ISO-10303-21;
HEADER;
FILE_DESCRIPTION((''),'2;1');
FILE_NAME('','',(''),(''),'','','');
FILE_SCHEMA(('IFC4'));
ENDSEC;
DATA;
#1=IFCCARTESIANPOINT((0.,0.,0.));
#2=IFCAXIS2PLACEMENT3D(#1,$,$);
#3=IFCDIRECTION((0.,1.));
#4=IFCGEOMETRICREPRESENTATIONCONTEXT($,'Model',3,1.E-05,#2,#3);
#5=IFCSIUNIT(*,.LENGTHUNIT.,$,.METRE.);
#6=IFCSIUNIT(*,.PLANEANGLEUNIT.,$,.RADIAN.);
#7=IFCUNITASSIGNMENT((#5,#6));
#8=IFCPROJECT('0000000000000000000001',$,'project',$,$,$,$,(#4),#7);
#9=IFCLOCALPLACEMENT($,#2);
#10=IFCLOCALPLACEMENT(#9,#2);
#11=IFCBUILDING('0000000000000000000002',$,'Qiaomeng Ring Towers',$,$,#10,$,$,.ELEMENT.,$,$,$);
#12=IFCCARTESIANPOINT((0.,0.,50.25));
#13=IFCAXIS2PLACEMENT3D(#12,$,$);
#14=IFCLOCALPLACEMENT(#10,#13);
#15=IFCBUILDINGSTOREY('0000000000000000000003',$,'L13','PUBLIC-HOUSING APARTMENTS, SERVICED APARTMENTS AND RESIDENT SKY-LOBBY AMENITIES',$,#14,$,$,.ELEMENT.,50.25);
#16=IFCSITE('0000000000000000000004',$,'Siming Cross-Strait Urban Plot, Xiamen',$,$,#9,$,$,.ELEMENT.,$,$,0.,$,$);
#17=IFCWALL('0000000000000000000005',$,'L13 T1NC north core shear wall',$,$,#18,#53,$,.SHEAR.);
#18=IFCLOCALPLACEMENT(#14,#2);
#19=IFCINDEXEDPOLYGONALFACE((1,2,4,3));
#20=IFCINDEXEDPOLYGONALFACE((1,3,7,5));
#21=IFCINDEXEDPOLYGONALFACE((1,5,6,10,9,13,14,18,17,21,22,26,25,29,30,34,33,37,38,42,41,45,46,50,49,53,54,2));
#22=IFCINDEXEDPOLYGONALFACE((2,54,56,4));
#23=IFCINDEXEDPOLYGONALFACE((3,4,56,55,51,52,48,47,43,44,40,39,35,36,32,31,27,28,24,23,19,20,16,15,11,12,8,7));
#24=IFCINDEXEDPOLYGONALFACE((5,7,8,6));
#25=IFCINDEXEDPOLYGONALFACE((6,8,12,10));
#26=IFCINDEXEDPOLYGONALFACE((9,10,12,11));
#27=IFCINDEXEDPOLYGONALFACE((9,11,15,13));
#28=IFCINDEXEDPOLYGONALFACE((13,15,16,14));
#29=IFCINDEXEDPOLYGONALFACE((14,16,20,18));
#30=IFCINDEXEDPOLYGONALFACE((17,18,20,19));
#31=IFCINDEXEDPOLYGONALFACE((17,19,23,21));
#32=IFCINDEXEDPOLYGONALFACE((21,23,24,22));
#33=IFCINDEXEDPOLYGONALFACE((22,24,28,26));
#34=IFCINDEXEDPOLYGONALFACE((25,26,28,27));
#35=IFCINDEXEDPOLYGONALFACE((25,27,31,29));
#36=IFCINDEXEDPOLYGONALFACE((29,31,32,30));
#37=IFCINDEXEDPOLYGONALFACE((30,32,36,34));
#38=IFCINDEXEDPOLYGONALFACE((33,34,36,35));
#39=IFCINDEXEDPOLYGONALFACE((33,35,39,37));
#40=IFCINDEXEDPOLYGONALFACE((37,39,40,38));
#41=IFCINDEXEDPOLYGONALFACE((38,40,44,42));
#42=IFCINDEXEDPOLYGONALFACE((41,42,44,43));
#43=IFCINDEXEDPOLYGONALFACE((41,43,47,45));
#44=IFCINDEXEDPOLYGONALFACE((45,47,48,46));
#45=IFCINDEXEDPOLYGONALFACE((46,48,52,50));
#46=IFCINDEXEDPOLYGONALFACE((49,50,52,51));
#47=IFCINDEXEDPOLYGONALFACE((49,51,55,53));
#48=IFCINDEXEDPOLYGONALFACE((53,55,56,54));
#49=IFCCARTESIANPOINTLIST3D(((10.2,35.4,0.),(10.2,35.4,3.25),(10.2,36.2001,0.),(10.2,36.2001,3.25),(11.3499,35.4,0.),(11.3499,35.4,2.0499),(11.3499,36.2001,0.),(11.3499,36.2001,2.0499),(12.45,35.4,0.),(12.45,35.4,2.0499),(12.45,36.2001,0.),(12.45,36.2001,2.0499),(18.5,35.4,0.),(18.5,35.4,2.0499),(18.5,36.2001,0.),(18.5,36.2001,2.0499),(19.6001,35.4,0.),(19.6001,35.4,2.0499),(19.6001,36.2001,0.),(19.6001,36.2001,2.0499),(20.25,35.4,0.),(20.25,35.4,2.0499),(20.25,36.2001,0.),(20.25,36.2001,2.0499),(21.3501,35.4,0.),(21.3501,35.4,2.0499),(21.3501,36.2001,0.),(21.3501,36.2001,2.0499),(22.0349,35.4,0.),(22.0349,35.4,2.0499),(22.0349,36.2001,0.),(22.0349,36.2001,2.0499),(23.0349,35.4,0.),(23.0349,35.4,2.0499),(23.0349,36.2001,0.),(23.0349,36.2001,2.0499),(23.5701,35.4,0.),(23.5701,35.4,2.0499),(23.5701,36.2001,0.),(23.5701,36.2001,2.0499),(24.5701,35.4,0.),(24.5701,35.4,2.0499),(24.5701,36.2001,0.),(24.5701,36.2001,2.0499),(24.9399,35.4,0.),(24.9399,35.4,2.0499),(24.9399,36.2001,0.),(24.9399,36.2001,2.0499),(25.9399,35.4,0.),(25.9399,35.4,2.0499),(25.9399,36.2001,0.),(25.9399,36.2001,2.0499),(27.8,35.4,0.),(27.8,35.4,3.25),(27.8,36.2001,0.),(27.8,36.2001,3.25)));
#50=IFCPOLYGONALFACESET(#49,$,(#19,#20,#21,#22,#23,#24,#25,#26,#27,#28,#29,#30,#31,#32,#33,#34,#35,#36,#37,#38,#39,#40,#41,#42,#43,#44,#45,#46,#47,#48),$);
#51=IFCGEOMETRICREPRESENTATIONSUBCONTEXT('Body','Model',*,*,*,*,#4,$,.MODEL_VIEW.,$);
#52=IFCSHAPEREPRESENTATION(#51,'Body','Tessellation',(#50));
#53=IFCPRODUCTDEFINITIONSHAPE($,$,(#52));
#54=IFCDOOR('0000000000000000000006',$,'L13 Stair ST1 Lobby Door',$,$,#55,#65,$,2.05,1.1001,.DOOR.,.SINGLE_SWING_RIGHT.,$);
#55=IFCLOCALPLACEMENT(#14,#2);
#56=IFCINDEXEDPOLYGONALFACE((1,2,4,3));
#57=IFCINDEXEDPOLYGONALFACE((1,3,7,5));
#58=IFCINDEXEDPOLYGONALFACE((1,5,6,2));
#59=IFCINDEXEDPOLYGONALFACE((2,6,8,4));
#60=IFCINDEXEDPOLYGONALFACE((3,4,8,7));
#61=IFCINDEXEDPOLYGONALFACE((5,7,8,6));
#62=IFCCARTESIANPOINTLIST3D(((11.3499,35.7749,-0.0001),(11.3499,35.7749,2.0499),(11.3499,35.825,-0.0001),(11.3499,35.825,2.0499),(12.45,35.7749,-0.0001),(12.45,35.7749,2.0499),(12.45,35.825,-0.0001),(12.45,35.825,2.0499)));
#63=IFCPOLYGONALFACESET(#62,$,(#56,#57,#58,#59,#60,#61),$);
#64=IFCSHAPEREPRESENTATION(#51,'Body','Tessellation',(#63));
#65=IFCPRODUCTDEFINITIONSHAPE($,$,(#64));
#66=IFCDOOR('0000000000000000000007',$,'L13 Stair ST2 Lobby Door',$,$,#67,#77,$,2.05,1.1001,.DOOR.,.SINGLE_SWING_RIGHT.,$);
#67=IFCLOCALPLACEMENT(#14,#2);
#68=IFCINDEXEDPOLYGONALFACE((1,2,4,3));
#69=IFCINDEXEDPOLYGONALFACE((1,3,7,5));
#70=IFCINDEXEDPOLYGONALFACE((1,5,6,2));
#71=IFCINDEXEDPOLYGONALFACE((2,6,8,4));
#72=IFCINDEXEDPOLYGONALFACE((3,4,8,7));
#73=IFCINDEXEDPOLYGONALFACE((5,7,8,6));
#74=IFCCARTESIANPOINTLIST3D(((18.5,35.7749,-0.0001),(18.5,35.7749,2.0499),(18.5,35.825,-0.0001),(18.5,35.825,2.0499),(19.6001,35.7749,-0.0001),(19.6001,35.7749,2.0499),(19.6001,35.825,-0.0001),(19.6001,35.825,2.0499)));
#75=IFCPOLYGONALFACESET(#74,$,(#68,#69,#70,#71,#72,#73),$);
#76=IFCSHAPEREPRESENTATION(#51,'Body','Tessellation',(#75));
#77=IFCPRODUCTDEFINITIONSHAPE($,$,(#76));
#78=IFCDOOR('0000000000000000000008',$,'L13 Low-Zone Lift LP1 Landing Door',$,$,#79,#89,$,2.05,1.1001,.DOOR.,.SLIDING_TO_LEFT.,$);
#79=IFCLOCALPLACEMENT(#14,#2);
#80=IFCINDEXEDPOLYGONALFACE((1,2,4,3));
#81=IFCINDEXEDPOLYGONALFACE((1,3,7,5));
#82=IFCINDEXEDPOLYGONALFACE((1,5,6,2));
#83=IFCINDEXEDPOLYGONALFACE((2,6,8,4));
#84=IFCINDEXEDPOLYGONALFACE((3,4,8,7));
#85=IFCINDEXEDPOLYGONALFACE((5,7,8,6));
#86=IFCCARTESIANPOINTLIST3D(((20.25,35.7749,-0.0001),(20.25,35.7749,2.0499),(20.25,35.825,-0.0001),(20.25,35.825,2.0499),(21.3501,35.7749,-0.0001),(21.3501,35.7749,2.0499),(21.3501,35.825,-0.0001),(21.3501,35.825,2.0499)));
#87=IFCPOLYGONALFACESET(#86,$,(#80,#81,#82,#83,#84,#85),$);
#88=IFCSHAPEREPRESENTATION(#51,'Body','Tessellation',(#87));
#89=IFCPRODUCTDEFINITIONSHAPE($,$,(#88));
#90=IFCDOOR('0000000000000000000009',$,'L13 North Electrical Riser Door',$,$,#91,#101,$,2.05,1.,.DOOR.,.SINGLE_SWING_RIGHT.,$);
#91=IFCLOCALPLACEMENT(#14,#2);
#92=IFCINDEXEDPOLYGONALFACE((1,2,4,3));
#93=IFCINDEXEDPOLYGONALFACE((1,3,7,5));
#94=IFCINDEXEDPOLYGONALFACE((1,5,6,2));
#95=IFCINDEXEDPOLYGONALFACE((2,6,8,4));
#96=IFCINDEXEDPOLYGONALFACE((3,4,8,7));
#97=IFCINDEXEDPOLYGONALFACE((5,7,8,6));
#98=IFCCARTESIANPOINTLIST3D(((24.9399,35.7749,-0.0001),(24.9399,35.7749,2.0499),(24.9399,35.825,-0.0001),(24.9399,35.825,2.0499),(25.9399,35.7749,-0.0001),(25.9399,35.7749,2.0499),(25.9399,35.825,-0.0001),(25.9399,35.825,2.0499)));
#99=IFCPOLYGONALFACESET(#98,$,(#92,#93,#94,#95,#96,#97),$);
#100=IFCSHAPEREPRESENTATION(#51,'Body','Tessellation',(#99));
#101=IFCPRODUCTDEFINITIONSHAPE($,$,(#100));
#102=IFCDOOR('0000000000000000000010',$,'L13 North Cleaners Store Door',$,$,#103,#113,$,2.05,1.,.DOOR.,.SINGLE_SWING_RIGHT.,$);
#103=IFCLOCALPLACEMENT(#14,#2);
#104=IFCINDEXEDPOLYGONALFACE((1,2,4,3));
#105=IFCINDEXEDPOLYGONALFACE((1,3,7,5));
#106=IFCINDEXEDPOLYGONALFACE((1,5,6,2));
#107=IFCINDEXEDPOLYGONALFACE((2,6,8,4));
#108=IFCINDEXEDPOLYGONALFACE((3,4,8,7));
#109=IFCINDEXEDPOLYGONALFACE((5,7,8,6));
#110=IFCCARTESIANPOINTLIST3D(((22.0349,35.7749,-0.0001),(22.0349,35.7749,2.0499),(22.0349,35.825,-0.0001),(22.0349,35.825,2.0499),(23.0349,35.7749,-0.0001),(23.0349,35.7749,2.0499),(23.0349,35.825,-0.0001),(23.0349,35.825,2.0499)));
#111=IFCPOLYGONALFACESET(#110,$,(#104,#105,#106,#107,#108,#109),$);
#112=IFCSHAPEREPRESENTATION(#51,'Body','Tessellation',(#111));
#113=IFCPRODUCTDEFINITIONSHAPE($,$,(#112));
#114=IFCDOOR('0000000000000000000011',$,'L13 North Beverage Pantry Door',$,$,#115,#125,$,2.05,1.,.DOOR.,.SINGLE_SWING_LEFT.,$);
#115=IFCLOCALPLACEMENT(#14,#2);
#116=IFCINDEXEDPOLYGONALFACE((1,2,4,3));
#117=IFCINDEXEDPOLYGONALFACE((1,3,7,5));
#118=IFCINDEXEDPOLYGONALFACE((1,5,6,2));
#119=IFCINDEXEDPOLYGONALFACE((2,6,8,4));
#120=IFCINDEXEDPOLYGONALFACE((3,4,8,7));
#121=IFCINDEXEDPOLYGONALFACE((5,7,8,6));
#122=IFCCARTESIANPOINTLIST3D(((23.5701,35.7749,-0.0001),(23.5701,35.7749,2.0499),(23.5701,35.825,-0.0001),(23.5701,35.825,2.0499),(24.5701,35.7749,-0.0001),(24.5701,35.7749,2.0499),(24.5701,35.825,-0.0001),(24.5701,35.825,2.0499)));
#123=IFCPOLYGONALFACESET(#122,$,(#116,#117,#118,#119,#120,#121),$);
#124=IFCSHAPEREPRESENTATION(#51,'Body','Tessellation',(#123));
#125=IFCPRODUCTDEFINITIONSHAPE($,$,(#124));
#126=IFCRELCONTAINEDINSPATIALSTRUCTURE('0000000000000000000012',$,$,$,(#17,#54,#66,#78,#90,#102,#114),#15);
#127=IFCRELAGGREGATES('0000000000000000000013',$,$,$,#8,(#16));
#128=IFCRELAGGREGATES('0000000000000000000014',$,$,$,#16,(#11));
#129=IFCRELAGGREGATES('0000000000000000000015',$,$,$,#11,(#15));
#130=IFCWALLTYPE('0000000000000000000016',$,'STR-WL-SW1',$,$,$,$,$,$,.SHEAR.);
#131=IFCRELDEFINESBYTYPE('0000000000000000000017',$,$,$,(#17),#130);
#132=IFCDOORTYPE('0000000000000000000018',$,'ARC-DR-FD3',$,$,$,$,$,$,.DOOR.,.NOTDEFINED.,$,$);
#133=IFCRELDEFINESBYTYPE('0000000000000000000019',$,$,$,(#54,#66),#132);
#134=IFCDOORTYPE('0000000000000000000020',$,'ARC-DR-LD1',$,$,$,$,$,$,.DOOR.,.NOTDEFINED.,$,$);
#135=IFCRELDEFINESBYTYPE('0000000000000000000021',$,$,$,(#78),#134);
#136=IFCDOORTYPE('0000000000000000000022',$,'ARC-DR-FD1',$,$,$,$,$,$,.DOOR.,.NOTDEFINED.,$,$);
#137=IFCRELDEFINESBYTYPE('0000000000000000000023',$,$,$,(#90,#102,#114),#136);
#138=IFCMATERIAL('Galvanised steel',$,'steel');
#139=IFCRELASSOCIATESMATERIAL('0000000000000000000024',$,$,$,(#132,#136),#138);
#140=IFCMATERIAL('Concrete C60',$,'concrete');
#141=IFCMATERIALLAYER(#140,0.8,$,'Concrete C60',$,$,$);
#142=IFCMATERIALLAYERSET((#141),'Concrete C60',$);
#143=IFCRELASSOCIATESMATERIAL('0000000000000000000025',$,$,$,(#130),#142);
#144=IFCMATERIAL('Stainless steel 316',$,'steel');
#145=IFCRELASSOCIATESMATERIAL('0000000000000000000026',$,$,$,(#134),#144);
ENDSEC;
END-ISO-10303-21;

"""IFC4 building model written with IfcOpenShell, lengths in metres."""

from ifc_helpers import new_model, si_unit, direction, frame, frame_2d, origin, place, context, subcontext, project, spatial, rectangle, extrude, source, transform, mapped, material, layer, layer_set, type_object, element, fill, save


model = new_model("IFC4")

# Units and contexts
model_context = context("Model", 3, precision=1e-05, world=origin(), true_north=direction((0.0, 1.0)))
body_context = subcontext(model_context, "Body", "Model", "MODEL_VIEW")
ifc_project = project(units=[si_unit("LENGTHUNIT", "METRE"), si_unit("PLANEANGLEUNIT", "RADIAN")], contexts=[model_context])

# Site, building, storey
site_placement = place(None, origin())
site = spatial("IfcSite", under=ifc_project, at=site_placement, Name="Siming Cross-Strait Urban Plot, Xiamen", CompositionType="ELEMENT", RefElevation=0.0)
building_placement = place(site_placement, origin())
building = spatial("IfcBuilding", under=site, at=building_placement, Name="Qiaomeng Ring Towers", CompositionType="ELEMENT")
storey_placement = place(building_placement, frame((0.0, 0.0, 50.25)))
storey = spatial("IfcBuildingStorey", under=building, at=storey_placement, Name="L13", Description="PUBLIC-HOUSING APARTMENTS, SERVICED APARTMENTS AND RESIDENT SKY-LOBBY AMENITIES", CompositionType="ELEMENT", Elevation=50.25)

# Shared definitions
ifc_material_1 = material(Name="Concrete C60", Category="concrete")

# Shared definitions
shared_shape_1 = source(origin(), body_context, "Body", "SweptSolid", [
    extrude(rectangle(XDim=1.0, YDim=2.05, at=frame_2d((0.5, 1.0249))), frame((0.0, 0.0249, 0.0), z_axis=(0.0, -1.0, 0.0), x_axis=(1.0, 0.0, 0.0)), (0.0, 0.0, 1.0), 0.05),
])

# Shared definitions
ifc_material_2 = material(Name="Galvanised steel", Category="steel")
door_type_1 = type_object("IfcDoorType", Name="ARC-DR-FD3", OperationType="NOTDEFINED", PredefinedType="DOOR", material=ifc_material_2)
shared_shape_2 = source(origin(), body_context, "Body", "SweptSolid", [
    extrude(rectangle(XDim=1.1001, YDim=2.05, at=frame_2d((0.55, 1.0249))), frame((0.0, 0.0249, 0.0), z_axis=(0.0, -1.0, 0.0), x_axis=(1.0, 0.0, 0.0)), (0.0, 0.0, 1.0), 0.05),
])

# Wall, openings, doors
ifc_layer_1 = layer(ifc_material_1, 0.8, Name="Concrete C60")
ifc_layer_set_1 = layer_set([ifc_layer_1], Name="Concrete C60")
wall_type_1 = type_object("IfcWallType", Name="STR-WL-SW1", PredefinedType="SHEAR", material=ifc_layer_set_1)
wall_1_placement = place(storey_placement, frame((10.2, 35.8, 0.0), z_axis=(0.0, 0.0, 1.0), x_axis=(1.0, 0.0, 0.0)))
wall_1 = element("IfcWall", 1, at=wall_1_placement, inside=storey, type_object=wall_type_1, Name="L13 T1NC north core shear wall", PredefinedType="SHEAR", context=body_context, shape_type="SweptSolid", body=[
    extrude(rectangle(XDim=17.6001, YDim=0.8, at=frame_2d((8.8, 0.0))), origin(), (0.0, 0.0, 1.0), 3.25),
])
opening_1_placement = place(wall_1_placement, frame((1.1499, 0.0, 0.0)))
opening_1 = element("IfcOpeningElement", 2, at=opening_1_placement, cuts=wall_1, PredefinedType="OPENING", context=body_context, shape_type="SweptSolid", body=[
    extrude(rectangle(XDim=1.1001, YDim=2.05, at=frame_2d((0.55, 1.0249))), frame((0.0, 0.4099, 0.0), z_axis=(0.0, -1.0, 0.0), x_axis=(1.0, 0.0, 0.0)), (0.0, 0.0, 1.0), 0.8201),
])
opening_2_placement = place(wall_1_placement, frame((8.3, 0.0, 0.0)))
opening_2 = element("IfcOpeningElement", 3, at=opening_2_placement, cuts=wall_1, PredefinedType="OPENING", context=body_context, shape_type="SweptSolid", body=[
    extrude(rectangle(XDim=1.1001, YDim=2.05, at=frame_2d((0.55, 1.0249))), frame((0.0, 0.4099, 0.0), z_axis=(0.0, -1.0, 0.0), x_axis=(1.0, 0.0, 0.0)), (0.0, 0.0, 1.0), 0.8201),
])
opening_3_placement = place(wall_1_placement, frame((10.05, 0.0, 0.0)))
opening_3 = element("IfcOpeningElement", 4, at=opening_3_placement, cuts=wall_1, PredefinedType="OPENING", context=body_context, shape_type="SweptSolid", body=[
    extrude(rectangle(XDim=1.1001, YDim=2.05, at=frame_2d((0.55, 1.0249))), frame((0.0, 0.4099, 0.0), z_axis=(0.0, -1.0, 0.0), x_axis=(1.0, 0.0, 0.0)), (0.0, 0.0, 1.0), 0.8201),
])
opening_4_placement = place(wall_1_placement, frame((14.74, 0.0, 0.0)))
opening_4 = element("IfcOpeningElement", 5, at=opening_4_placement, cuts=wall_1, PredefinedType="OPENING", context=body_context, shape_type="SweptSolid", body=[
    extrude(rectangle(XDim=1.0, YDim=2.05, at=frame_2d((0.5, 1.0249))), frame((0.0, 0.4099, 0.0), z_axis=(0.0, -1.0, 0.0), x_axis=(1.0, 0.0, 0.0)), (0.0, 0.0, 1.0), 0.8201),
])
opening_5_placement = place(wall_1_placement, frame((11.835, 0.0, 0.0)))
opening_5 = element("IfcOpeningElement", 6, at=opening_5_placement, cuts=wall_1, PredefinedType="OPENING", context=body_context, shape_type="SweptSolid", body=[
    extrude(rectangle(XDim=1.0, YDim=2.05, at=frame_2d((0.5, 1.0249))), frame((0.0, 0.4099, 0.0), z_axis=(0.0, -1.0, 0.0), x_axis=(1.0, 0.0, 0.0)), (0.0, 0.0, 1.0), 0.8201),
])
opening_6_placement = place(wall_1_placement, frame((13.3701, 0.0, 0.0)))
opening_6 = element("IfcOpeningElement", 7, at=opening_6_placement, cuts=wall_1, PredefinedType="OPENING", context=body_context, shape_type="SweptSolid", body=[
    extrude(rectangle(XDim=1.0, YDim=2.05, at=frame_2d((0.5, 1.0249))), frame((0.0, 0.4099, 0.0), z_axis=(0.0, -1.0, 0.0), x_axis=(1.0, 0.0, 0.0)), (0.0, 0.0, 1.0), 0.8201),
])
door_1_placement = place(opening_1_placement, origin())
door_1 = element("IfcDoor", 8, at=door_1_placement, inside=storey, type_object=door_type_1, Name="L13 Stair ST1 Lobby Door", OperationType="SINGLE_SWING_RIGHT", OverallHeight=2.05, OverallWidth=1.1001, PredefinedType="DOOR", context=body_context, shape_type="MappedRepresentation", body=[
    mapped(shared_shape_2, transform((0.0, 0.0, 0.0), x_axis=(1.0, 0.0, 0.0), y_axis=(0.0, 1.0, 0.0), z_axis=(0.0, 0.0, 1.0), scale=1.0)),
])
fill(opening_1, door_1)
door_2_placement = place(opening_2_placement, origin())
door_2 = element("IfcDoor", 9, at=door_2_placement, inside=storey, type_object=door_type_1, Name="L13 Stair ST2 Lobby Door", OperationType="SINGLE_SWING_RIGHT", OverallHeight=2.05, OverallWidth=1.1001, PredefinedType="DOOR", context=body_context, shape_type="MappedRepresentation", body=[
    mapped(shared_shape_2, transform((0.0, 0.0, 0.0), x_axis=(1.0, 0.0, 0.0), y_axis=(0.0, 1.0, 0.0), z_axis=(0.0, 0.0, 1.0), scale=1.0)),
])
fill(opening_2, door_2)
ifc_material_3 = material(Name="Stainless steel 316", Category="steel")
door_type_2 = type_object("IfcDoorType", Name="ARC-DR-LD1", OperationType="NOTDEFINED", PredefinedType="DOOR", material=ifc_material_3)
door_3_placement = place(opening_3_placement, origin())
door_3 = element("IfcDoor", 10, at=door_3_placement, inside=storey, type_object=door_type_2, Name="L13 Low-Zone Lift LP1 Landing Door", OperationType="SLIDING_TO_LEFT", OverallHeight=2.05, OverallWidth=1.1001, PredefinedType="DOOR", context=body_context, shape_type="MappedRepresentation", body=[
    mapped(shared_shape_2, transform((0.0, 0.0, 0.0), x_axis=(1.0, 0.0, 0.0), y_axis=(0.0, 1.0, 0.0), z_axis=(0.0, 0.0, 1.0), scale=1.0)),
])
fill(opening_3, door_3)
door_type_3 = type_object("IfcDoorType", Name="ARC-DR-FD1", OperationType="NOTDEFINED", PredefinedType="DOOR", material=ifc_material_2)
door_4_placement = place(opening_4_placement, origin())
door_4 = element("IfcDoor", 11, at=door_4_placement, inside=storey, type_object=door_type_3, Name="L13 North Electrical Riser Door", OperationType="SINGLE_SWING_RIGHT", OverallHeight=2.05, OverallWidth=1.0, PredefinedType="DOOR", context=body_context, shape_type="MappedRepresentation", body=[
    mapped(shared_shape_1, transform((0.0, 0.0, 0.0), x_axis=(1.0, 0.0, 0.0), y_axis=(0.0, 1.0, 0.0), z_axis=(0.0, 0.0, 1.0), scale=1.0)),
])
fill(opening_4, door_4)
door_5_placement = place(opening_5_placement, origin())
door_5 = element("IfcDoor", 12, at=door_5_placement, inside=storey, type_object=door_type_3, Name="L13 North Cleaners Store Door", OperationType="SINGLE_SWING_RIGHT", OverallHeight=2.05, OverallWidth=1.0, PredefinedType="DOOR", context=body_context, shape_type="MappedRepresentation", body=[
    mapped(shared_shape_1, transform((0.0, 0.0, 0.0), x_axis=(1.0, 0.0, 0.0), y_axis=(0.0, 1.0, 0.0), z_axis=(0.0, 0.0, 1.0), scale=1.0)),
])
fill(opening_5, door_5)
door_6_placement = place(opening_6_placement, origin())
door_6 = element("IfcDoor", 13, at=door_6_placement, inside=storey, type_object=door_type_3, Name="L13 North Beverage Pantry Door", OperationType="SINGLE_SWING_LEFT", OverallHeight=2.05, OverallWidth=1.0, PredefinedType="DOOR", context=body_context, shape_type="MappedRepresentation", body=[
    mapped(shared_shape_1, transform((0.0, 0.0, 0.0), x_axis=(1.0, 0.0, 0.0), y_axis=(0.0, 1.0, 0.0), z_axis=(0.0, 0.0, 1.0), scale=1.0)),
])
fill(opening_6, door_6)

save(model, "model.ifc")
